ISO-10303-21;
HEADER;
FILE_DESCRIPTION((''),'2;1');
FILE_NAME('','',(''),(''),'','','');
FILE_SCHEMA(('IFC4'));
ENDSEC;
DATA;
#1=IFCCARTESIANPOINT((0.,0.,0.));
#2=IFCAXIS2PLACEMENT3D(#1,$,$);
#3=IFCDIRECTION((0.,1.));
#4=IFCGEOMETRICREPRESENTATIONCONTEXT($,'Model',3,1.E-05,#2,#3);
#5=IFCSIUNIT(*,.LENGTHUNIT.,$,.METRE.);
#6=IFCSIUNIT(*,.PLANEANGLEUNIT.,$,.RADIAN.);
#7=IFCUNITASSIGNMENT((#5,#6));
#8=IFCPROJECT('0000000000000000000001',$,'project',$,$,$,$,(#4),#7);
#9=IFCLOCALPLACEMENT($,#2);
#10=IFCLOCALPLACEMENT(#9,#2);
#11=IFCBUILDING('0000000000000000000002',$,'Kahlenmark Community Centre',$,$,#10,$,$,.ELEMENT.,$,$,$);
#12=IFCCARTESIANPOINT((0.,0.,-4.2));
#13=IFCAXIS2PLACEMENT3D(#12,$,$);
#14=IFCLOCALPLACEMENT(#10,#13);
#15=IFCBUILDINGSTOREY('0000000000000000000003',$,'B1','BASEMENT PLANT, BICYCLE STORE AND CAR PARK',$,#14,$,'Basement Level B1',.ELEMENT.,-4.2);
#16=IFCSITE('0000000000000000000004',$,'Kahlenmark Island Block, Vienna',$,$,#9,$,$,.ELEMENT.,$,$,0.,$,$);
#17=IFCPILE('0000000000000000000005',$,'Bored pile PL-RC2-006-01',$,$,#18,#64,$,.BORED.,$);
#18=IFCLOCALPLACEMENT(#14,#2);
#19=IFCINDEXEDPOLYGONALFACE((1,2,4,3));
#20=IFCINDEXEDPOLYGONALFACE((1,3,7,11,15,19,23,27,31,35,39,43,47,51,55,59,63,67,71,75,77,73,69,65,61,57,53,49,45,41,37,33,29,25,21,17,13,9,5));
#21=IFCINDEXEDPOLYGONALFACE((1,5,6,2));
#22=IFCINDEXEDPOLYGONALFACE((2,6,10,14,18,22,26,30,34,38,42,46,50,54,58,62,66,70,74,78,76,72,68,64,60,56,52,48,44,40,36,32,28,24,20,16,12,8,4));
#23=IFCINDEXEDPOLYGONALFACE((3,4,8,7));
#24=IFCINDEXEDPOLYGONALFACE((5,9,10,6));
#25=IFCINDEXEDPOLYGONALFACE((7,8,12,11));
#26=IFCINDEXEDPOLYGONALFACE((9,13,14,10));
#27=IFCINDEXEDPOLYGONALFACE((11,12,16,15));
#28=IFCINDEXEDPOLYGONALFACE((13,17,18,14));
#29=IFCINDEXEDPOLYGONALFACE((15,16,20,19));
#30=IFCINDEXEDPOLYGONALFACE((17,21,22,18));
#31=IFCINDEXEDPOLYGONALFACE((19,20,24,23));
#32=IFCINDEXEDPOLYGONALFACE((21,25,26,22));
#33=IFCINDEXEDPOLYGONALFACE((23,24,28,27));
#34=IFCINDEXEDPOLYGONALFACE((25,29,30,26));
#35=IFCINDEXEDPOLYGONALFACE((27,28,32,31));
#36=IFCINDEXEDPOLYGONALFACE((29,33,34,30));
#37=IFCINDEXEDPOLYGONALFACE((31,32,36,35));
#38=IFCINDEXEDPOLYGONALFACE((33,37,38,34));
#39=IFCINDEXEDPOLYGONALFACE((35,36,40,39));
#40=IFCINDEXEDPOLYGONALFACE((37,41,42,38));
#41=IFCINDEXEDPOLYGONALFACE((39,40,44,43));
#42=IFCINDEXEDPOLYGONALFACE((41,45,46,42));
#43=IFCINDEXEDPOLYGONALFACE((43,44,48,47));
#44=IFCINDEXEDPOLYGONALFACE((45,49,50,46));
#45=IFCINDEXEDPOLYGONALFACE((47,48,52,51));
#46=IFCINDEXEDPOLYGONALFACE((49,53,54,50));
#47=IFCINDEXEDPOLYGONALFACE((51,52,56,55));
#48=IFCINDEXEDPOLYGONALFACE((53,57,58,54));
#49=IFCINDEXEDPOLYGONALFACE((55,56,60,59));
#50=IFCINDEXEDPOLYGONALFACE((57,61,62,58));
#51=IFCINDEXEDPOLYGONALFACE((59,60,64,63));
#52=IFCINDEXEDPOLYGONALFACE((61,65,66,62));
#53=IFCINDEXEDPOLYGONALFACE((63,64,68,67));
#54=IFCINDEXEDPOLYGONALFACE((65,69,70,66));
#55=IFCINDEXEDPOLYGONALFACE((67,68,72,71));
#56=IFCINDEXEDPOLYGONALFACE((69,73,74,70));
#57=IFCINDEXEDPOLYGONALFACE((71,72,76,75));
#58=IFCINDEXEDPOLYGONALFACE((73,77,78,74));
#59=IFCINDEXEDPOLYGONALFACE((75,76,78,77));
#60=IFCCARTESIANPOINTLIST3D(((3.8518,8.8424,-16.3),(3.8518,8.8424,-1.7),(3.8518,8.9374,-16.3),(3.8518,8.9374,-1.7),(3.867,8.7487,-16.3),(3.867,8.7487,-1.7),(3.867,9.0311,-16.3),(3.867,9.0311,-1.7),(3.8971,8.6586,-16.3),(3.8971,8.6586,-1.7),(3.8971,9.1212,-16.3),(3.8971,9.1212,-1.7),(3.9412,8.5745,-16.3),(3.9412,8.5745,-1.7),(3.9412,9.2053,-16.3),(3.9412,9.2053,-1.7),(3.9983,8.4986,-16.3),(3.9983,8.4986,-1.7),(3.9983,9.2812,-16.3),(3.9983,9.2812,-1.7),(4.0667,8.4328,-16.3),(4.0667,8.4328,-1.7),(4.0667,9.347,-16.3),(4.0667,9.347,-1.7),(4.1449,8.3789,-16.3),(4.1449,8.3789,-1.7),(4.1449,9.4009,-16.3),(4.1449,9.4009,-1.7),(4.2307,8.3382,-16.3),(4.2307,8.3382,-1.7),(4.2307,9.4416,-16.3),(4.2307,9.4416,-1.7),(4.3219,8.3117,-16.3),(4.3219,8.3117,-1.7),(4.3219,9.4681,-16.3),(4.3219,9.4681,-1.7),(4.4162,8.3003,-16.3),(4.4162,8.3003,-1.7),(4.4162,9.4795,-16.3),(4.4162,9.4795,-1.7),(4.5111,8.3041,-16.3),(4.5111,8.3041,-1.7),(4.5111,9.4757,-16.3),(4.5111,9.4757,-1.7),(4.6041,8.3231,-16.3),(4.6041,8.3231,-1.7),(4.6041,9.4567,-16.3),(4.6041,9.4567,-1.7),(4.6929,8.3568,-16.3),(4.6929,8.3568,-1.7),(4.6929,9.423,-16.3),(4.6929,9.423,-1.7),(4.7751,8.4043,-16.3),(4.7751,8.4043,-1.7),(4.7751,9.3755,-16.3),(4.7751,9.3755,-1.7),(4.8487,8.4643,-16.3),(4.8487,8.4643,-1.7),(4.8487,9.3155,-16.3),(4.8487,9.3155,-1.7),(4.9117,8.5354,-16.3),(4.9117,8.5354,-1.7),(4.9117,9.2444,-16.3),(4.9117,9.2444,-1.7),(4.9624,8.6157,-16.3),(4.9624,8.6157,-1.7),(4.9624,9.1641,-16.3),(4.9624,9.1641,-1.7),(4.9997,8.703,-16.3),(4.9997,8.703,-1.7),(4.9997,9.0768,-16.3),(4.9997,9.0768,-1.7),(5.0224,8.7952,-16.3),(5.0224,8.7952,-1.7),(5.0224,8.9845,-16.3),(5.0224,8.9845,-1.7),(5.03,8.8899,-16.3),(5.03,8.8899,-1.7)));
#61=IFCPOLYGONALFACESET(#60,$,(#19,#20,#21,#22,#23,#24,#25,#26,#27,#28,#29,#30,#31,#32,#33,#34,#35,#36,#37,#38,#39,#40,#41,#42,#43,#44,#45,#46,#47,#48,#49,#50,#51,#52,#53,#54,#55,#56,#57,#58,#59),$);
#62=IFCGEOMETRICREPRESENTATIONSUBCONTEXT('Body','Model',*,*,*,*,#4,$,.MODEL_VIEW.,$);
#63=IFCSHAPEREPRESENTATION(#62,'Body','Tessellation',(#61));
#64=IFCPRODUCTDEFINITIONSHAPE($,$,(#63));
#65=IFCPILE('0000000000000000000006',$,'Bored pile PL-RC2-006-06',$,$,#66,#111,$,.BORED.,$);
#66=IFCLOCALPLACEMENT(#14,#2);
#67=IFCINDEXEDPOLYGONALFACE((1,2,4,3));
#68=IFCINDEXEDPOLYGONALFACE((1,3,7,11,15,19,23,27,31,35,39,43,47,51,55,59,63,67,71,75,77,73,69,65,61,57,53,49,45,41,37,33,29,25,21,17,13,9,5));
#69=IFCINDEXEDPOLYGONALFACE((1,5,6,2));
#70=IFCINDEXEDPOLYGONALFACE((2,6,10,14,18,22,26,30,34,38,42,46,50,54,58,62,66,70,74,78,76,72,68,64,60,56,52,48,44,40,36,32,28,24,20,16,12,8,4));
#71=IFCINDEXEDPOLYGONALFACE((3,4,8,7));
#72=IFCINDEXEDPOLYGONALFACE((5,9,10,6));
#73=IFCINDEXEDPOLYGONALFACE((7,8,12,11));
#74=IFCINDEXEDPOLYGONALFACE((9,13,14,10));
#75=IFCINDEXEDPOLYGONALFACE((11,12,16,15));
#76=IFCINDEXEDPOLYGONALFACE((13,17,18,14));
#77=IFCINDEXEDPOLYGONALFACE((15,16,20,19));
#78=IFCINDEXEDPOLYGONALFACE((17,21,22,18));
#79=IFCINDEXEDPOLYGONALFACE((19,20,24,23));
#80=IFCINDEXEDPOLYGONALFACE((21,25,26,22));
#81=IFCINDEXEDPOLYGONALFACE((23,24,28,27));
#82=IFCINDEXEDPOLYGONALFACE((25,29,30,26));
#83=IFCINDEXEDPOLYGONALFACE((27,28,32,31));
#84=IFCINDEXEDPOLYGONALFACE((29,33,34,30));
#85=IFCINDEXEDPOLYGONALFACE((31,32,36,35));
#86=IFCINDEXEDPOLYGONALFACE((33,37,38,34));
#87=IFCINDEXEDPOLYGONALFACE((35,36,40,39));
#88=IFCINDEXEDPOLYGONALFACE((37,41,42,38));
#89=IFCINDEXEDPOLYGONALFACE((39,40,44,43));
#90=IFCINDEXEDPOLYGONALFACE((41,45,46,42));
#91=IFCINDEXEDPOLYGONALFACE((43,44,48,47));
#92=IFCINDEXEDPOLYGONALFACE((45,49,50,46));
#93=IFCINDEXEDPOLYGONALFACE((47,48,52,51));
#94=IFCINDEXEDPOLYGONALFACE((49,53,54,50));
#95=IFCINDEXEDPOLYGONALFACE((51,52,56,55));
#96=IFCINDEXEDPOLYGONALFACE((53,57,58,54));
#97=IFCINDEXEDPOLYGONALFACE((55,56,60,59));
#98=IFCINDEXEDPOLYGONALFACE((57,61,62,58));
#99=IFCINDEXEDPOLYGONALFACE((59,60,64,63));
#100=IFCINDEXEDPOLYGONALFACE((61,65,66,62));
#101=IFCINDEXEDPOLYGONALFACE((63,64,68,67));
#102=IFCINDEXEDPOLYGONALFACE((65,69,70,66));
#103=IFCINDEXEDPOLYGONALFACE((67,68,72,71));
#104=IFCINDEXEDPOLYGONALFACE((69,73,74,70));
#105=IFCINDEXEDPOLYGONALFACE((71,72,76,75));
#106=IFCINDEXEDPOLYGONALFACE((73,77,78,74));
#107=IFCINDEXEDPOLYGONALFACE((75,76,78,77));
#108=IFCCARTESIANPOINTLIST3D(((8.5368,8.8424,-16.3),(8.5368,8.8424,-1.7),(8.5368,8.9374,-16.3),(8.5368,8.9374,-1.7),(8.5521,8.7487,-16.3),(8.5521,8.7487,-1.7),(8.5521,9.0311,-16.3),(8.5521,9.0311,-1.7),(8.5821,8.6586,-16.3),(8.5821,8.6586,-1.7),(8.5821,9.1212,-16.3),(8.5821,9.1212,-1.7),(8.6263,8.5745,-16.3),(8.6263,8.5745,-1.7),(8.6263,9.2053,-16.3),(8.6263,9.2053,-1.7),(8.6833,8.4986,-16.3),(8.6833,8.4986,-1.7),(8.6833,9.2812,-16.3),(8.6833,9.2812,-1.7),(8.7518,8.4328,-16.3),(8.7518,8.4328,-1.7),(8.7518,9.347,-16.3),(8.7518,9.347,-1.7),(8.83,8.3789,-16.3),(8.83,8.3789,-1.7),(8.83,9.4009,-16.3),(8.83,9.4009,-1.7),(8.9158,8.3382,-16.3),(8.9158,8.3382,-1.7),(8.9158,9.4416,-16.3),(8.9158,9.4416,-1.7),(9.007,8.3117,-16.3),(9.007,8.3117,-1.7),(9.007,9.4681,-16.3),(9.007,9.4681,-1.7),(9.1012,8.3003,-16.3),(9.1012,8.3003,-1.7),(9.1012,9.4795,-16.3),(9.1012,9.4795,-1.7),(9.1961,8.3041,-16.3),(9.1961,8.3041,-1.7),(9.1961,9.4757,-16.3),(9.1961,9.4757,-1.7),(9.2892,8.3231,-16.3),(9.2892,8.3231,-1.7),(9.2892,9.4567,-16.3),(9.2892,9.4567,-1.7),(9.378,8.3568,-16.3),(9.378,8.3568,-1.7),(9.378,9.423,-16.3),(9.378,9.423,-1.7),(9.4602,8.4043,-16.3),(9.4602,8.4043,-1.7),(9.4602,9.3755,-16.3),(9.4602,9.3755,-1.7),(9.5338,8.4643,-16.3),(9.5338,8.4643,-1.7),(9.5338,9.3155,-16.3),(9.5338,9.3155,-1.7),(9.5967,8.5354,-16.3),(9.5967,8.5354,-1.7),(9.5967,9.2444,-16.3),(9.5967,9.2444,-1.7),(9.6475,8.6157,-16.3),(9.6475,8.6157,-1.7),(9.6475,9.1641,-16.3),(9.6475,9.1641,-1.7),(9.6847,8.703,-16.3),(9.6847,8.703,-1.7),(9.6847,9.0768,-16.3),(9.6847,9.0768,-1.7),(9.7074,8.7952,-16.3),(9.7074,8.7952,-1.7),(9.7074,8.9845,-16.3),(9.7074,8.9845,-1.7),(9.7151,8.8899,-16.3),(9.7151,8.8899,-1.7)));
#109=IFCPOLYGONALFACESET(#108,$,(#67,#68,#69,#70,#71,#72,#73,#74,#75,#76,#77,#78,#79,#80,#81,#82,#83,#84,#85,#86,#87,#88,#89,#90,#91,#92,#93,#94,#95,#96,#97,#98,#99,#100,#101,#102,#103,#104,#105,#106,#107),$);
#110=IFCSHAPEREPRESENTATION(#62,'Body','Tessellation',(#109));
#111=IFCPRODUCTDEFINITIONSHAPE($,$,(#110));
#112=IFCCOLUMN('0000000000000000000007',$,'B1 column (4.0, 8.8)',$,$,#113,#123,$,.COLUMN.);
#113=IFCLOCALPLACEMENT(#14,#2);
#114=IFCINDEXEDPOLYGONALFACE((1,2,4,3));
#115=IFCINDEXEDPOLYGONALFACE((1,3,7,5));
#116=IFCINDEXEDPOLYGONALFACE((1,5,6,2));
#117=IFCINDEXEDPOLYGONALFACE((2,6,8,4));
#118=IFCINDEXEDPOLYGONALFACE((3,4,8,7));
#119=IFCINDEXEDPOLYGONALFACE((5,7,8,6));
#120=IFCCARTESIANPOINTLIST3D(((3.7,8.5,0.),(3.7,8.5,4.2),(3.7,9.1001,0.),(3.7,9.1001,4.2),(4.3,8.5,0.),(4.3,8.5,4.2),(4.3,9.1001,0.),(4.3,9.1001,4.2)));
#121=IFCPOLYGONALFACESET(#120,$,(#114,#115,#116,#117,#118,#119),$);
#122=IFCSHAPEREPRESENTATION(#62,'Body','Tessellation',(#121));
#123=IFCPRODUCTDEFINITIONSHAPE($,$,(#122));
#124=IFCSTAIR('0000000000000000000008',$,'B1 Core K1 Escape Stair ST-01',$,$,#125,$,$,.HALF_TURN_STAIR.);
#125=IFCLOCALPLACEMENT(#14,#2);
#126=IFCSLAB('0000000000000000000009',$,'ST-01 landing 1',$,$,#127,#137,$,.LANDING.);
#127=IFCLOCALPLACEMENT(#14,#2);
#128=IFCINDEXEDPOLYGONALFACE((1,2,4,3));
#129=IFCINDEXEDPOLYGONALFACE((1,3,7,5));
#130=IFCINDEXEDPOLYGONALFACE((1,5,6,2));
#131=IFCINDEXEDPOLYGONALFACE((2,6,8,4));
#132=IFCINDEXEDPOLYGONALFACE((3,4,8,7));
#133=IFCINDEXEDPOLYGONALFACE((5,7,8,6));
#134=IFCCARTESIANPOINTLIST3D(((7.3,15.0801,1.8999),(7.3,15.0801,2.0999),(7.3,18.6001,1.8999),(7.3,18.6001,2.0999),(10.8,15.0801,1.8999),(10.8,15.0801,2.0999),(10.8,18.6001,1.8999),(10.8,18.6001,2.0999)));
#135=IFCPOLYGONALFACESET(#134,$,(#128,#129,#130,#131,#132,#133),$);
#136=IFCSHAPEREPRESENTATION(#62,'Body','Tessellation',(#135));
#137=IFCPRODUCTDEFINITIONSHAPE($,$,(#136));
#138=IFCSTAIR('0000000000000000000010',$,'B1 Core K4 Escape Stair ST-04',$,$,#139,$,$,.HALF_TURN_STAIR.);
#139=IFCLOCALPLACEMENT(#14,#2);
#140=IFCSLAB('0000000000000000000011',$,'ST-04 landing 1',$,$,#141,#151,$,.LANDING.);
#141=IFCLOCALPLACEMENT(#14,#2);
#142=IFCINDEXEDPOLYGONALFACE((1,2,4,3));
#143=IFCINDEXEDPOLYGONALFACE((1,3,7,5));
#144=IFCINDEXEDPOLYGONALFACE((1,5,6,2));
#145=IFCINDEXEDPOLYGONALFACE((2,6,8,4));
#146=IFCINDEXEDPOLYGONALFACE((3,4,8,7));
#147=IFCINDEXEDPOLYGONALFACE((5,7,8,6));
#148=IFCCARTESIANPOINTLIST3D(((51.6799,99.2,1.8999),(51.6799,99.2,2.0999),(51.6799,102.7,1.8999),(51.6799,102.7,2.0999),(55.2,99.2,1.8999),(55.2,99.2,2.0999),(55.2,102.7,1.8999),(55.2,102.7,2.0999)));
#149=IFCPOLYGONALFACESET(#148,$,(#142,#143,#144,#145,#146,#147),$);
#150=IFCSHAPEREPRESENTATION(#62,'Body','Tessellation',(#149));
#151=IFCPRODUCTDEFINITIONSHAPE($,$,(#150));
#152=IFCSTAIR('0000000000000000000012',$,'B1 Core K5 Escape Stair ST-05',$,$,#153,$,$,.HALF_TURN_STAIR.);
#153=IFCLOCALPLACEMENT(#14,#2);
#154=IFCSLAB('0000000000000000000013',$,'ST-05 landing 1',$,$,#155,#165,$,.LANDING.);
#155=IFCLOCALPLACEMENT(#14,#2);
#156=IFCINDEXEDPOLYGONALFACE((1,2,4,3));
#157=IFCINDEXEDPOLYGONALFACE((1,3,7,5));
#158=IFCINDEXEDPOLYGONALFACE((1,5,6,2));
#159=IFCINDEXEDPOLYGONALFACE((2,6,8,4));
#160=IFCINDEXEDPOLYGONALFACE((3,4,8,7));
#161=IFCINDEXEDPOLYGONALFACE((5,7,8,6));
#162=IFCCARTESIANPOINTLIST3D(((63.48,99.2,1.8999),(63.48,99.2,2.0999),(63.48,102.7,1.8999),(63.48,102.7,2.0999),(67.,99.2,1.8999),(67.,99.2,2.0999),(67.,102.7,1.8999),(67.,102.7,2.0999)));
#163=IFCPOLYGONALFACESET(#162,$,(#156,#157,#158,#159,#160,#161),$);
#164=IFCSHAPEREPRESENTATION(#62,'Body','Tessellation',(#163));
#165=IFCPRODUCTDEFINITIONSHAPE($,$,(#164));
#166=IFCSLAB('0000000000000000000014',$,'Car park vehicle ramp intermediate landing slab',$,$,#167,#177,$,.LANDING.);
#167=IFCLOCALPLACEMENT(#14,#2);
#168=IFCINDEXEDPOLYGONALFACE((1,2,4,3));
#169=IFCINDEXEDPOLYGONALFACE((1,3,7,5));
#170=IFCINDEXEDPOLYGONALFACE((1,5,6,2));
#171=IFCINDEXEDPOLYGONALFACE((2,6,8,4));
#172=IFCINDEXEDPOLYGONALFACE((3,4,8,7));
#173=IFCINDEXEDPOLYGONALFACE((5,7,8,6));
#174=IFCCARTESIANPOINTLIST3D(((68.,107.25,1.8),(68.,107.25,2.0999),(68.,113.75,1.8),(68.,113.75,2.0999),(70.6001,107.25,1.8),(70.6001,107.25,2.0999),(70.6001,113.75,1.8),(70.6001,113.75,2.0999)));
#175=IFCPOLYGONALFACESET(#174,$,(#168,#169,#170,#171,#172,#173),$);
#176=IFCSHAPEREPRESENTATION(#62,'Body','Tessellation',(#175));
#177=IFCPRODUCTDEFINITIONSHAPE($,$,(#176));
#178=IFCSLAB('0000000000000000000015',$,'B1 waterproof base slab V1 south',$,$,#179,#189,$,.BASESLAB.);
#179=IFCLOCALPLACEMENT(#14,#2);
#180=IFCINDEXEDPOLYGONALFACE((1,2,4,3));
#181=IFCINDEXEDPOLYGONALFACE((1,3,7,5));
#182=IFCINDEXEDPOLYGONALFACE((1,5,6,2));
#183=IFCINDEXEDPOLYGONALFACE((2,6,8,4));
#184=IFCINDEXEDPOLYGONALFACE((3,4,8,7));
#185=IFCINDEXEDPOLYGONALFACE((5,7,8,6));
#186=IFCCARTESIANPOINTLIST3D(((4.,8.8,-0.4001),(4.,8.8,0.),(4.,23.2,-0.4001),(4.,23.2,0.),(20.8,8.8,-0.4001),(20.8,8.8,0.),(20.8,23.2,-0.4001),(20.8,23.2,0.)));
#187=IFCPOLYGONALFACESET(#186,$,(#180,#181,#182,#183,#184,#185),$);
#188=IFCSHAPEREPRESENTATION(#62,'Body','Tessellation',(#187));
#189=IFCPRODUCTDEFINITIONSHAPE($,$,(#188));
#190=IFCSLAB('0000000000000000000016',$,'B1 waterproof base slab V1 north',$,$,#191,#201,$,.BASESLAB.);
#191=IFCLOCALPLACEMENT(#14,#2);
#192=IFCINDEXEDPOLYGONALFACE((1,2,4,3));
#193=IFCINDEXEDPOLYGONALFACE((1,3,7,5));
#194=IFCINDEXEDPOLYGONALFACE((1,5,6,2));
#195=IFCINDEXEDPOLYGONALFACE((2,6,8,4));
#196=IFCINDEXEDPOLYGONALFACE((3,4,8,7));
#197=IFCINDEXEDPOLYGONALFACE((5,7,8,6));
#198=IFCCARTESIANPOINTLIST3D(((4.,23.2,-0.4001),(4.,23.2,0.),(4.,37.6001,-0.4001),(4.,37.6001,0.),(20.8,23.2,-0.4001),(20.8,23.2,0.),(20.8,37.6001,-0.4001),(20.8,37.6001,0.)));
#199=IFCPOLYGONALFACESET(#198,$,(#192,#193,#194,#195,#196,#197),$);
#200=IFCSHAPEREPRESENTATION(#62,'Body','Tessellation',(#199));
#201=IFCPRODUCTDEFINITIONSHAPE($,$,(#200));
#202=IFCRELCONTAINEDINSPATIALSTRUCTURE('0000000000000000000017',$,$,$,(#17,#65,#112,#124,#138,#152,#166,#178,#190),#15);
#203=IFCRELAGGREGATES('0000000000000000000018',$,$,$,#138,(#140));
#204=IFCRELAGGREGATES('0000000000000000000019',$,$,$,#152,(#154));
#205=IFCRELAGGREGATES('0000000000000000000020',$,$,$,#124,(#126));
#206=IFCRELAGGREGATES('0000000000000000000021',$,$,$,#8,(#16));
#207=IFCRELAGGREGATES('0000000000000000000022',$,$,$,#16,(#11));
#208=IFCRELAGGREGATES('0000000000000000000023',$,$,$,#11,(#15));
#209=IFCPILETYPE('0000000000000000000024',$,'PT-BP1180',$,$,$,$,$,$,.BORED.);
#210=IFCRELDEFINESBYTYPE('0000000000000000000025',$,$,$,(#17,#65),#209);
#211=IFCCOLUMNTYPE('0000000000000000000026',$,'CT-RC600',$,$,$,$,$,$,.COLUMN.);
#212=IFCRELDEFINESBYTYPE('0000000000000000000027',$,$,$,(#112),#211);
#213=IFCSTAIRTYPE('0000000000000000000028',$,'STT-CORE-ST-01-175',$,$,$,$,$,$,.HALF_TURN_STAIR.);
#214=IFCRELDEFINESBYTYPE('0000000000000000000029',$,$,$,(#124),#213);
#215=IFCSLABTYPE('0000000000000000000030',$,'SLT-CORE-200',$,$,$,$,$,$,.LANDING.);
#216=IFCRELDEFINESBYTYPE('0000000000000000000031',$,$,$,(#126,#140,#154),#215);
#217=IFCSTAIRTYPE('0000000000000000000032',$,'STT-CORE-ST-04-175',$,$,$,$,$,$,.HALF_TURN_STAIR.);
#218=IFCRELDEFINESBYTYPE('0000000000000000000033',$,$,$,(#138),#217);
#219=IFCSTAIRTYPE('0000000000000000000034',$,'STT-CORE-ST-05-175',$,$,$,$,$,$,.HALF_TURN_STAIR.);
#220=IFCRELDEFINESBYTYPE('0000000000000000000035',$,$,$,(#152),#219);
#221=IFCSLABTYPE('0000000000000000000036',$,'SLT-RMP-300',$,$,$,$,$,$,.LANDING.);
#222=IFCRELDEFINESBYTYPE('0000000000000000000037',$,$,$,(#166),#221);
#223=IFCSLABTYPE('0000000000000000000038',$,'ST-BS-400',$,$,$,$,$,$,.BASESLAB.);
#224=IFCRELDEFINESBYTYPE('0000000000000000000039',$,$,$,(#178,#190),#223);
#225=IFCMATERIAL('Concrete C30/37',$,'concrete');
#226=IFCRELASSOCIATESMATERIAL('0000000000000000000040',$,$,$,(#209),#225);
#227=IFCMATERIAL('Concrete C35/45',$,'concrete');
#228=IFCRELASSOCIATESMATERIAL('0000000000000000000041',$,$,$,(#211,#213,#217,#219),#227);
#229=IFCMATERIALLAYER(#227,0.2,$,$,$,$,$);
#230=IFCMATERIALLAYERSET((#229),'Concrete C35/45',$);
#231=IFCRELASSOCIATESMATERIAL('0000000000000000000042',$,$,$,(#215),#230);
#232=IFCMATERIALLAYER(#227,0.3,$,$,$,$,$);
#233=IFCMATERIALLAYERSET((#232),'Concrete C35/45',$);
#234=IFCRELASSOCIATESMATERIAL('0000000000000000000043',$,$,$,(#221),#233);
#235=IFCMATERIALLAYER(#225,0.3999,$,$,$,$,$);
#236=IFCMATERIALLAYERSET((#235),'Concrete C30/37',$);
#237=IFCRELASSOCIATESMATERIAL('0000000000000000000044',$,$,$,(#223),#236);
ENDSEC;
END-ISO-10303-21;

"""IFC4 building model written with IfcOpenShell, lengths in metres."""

from ifc_helpers import new_model, si_unit, direction, frame, origin, origin_2d, place, context, subcontext, project, spatial, polyline, rectangle, circle, outline, extrude, material, layer, layer_set, material_profile, profile_set, type_object, element, aggregate, save


model = new_model("IFC4")

# Units and contexts
model_context = context("Model", 3, precision=1e-05, world=origin(), true_north=direction((0.0, 1.0)))
body_context = subcontext(model_context, "Body", "Model", "MODEL_VIEW")
ifc_project = project(units=[si_unit("LENGTHUNIT", "METRE"), si_unit("PLANEANGLEUNIT", "RADIAN")], contexts=[model_context])

# Site, building, storey
site_placement = place(None, origin())
site = spatial("IfcSite", under=ifc_project, at=site_placement, Name="Kahlenmark Island Block, Vienna", CompositionType="ELEMENT", RefElevation=0.0)
building_placement = place(site_placement, origin())
building = spatial("IfcBuilding", under=site, at=building_placement, Name="Kahlenmark Community Centre", CompositionType="ELEMENT")
storey_placement = place(building_placement, frame((0.0, 0.0, -4.2)))
storey = spatial("IfcBuildingStorey", under=building, at=storey_placement, Name="B1", Description="BASEMENT PLANT, BICYCLE STORE AND CAR PARK", LongName="Basement Level B1", CompositionType="ELEMENT", Elevation=-4.2)

# Piles
ifc_material_1 = material(Name="Concrete C30/37", Category="concrete")
ifc_material_profile_1 = material_profile(ifc_material_1, circle(Radius=0.5901, at=origin_2d()), Name="BORED PILE 1180")
ifc_profile_set_1 = profile_set([ifc_material_profile_1], Name="Concrete C30/37")
pile_type = type_object("IfcPileType", Name="PT-BP1180", PredefinedType="BORED", material=ifc_profile_set_1)
for number, where, z_axis, x_axis, name in (
    (1, (4.4399, 8.8899, -1.7), (0.0, 0.0, -1.0), (1.0, 0.0, 0.0), "Bored pile PL-RC2-006-01"),
    (2, (9.125, 8.8899, -1.7), (0.0, 0.0, -1.0), (1.0, 0.0, 0.0), "Bored pile PL-RC2-006-06"),
):
    element("IfcPile", number, at=place(storey_placement, frame(where, z_axis=z_axis, x_axis=x_axis)), inside=storey, type_object=pile_type, Name=name, PredefinedType="BORED", context=body_context, shape_type="SweptSolid", body=[
        extrude(circle(Radius=0.5901, at=origin_2d()), origin(), (0.0, 0.0, 1.0), 14.6001),
    ])

# Column
ifc_material_2 = material(Name="Concrete C35/45", Category="concrete")
ifc_material_profile_2 = material_profile(ifc_material_2, rectangle(XDim=0.6001, YDim=0.6001, at=origin_2d()), Name="RC 600x600")
ifc_profile_set_2 = profile_set([ifc_material_profile_2], Name="Concrete C35/45")
column_type = type_object("IfcColumnType", Name="CT-RC600", PredefinedType="COLUMN", material=ifc_profile_set_2)
column_placement = place(storey_placement, frame((4.0, 8.8, 0.0), z_axis=(0.0, 0.0, 1.0), x_axis=(1.0, 0.0, 0.0)))
element("IfcColumn", 3, at=column_placement, inside=storey, type_object=column_type, Name="B1 column (4.0, 8.8)", PredefinedType="COLUMN", context=body_context, shape_type="SweptSolid", body=[
    extrude(rectangle(XDim=0.6001, YDim=0.6001, at=origin_2d()), origin(), (0.0, 0.0, 1.0), 4.2),
])

# Stairs, slabs
stair_type_1 = type_object("IfcStairType", Name="STT-CORE-ST-01-175", PredefinedType="HALF_TURN_STAIR", material=ifc_material_2)
stair_1_placement = place(storey_placement, origin())
stair_1 = element("IfcStair", 4, at=stair_1_placement, inside=storey, type_object=stair_type_1, Name="B1 Core K1 Escape Stair ST-01", PredefinedType="HALF_TURN_STAIR")
ifc_layer_1 = layer(ifc_material_2, 0.2)
ifc_layer_set_1 = layer_set([ifc_layer_1], Name="Concrete C35/45")
slab_type_1 = type_object("IfcSlabType", Name="SLT-CORE-200", PredefinedType="LANDING", material=ifc_layer_set_1)
slab_1_placement = place(storey_placement, frame((0.0, 0.0, 1.8999)))
slab_1 = element("IfcSlab", 5, at=slab_1_placement, type_object=slab_type_1, Name="ST-01 landing 1", PredefinedType="LANDING", context=body_context, shape_type="SweptSolid", body=[
    extrude(outline(polyline([(10.8, 15.0801), (10.8, 18.6001), (7.3, 18.6001), (7.3, 15.0801), (10.8, 15.0801)])), origin(), (0.0, 0.0, 1.0), 0.2),
])
stair_type_2 = type_object("IfcStairType", Name="STT-CORE-ST-04-175", PredefinedType="HALF_TURN_STAIR", material=ifc_material_2)
stair_2_placement = place(storey_placement, origin())
stair_2 = element("IfcStair", 6, at=stair_2_placement, inside=storey, type_object=stair_type_2, Name="B1 Core K4 Escape Stair ST-04", PredefinedType="HALF_TURN_STAIR")
slab_2_placement = place(storey_placement, frame((0.0, 0.0, 1.8999)))
slab_2 = element("IfcSlab", 7, at=slab_2_placement, type_object=slab_type_1, Name="ST-04 landing 1", PredefinedType="LANDING", context=body_context, shape_type="SweptSolid", body=[
    extrude(outline(polyline([(51.6799, 99.2), (55.2, 99.2), (55.2, 102.7), (51.6799, 102.7), (51.6799, 99.2)])), origin(), (0.0, 0.0, 1.0), 0.2),
])
aggregate(stair_2, [slab_2])
stair_type_3 = type_object("IfcStairType", Name="STT-CORE-ST-05-175", PredefinedType="HALF_TURN_STAIR", material=ifc_material_2)
stair_3_placement = place(storey_placement, origin())
stair_3 = element("IfcStair", 8, at=stair_3_placement, inside=storey, type_object=stair_type_3, Name="B1 Core K5 Escape Stair ST-05", PredefinedType="HALF_TURN_STAIR")
slab_3_placement = place(storey_placement, frame((0.0, 0.0, 1.8999)))
slab_3 = element("IfcSlab", 9, at=slab_3_placement, type_object=slab_type_1, Name="ST-05 landing 1", PredefinedType="LANDING", context=body_context, shape_type="SweptSolid", body=[
    extrude(outline(polyline([(63.48, 99.2), (67.0, 99.2), (67.0, 102.7), (63.48, 102.7), (63.48, 99.2)])), origin(), (0.0, 0.0, 1.0), 0.2),
])
aggregate(stair_3, [slab_3])

# Slabs
ifc_layer_2 = layer(ifc_material_2, 0.3)
ifc_layer_set_2 = layer_set([ifc_layer_2], Name="Concrete C35/45")
slab_type_2 = type_object("IfcSlabType", Name="SLT-RMP-300", PredefinedType="LANDING", material=ifc_layer_set_2)
slab_4_placement = place(storey_placement, frame((0.0, 0.0, 1.8)))
element("IfcSlab", 10, at=slab_4_placement, inside=storey, type_object=slab_type_2, Name="Car park vehicle ramp intermediate landing slab", PredefinedType="LANDING", context=body_context, shape_type="SweptSolid", body=[
    extrude(outline(polyline([(68.0, 107.25), (70.6001, 107.25), (70.6001, 113.75), (68.0, 113.75), (68.0, 107.25)])), origin(), (0.0, 0.0, 1.0), 0.2998),
])
ifc_layer_3 = layer(ifc_material_1, 0.3999)
ifc_layer_set_3 = layer_set([ifc_layer_3], Name="Concrete C30/37")
slab_type_3 = type_object("IfcSlabType", Name="ST-BS-400", PredefinedType="BASESLAB", material=ifc_layer_set_3)
slab_5_placement = place(storey_placement, frame((0.0, 0.0, -0.4001)))
element("IfcSlab", 11, at=slab_5_placement, inside=storey, type_object=slab_type_3, Name="B1 waterproof base slab V1 south", PredefinedType="BASESLAB", context=body_context, shape_type="SweptSolid", body=[
    extrude(outline(polyline([(4.0, 8.8), (20.8, 8.8), (20.8, 23.2), (4.0, 23.2), (4.0, 8.8)])), origin(), (0.0, 0.0, 1.0), 0.4001),
])
slab_6_placement = place(storey_placement, frame((0.0, 0.0, -0.4001)))
element("IfcSlab", 12, at=slab_6_placement, inside=storey, type_object=slab_type_3, Name="B1 waterproof base slab V1 north", PredefinedType="BASESLAB", context=body_context, shape_type="SweptSolid", body=[
    extrude(outline(polyline([(4.0, 23.2), (20.8, 23.2), (20.8, 37.6001), (4.0, 37.6001), (4.0, 23.2)])), origin(), (0.0, 0.0, 1.0), 0.4001),
])

aggregate(stair_1, [slab_1])

save(model, "model.ifc")
